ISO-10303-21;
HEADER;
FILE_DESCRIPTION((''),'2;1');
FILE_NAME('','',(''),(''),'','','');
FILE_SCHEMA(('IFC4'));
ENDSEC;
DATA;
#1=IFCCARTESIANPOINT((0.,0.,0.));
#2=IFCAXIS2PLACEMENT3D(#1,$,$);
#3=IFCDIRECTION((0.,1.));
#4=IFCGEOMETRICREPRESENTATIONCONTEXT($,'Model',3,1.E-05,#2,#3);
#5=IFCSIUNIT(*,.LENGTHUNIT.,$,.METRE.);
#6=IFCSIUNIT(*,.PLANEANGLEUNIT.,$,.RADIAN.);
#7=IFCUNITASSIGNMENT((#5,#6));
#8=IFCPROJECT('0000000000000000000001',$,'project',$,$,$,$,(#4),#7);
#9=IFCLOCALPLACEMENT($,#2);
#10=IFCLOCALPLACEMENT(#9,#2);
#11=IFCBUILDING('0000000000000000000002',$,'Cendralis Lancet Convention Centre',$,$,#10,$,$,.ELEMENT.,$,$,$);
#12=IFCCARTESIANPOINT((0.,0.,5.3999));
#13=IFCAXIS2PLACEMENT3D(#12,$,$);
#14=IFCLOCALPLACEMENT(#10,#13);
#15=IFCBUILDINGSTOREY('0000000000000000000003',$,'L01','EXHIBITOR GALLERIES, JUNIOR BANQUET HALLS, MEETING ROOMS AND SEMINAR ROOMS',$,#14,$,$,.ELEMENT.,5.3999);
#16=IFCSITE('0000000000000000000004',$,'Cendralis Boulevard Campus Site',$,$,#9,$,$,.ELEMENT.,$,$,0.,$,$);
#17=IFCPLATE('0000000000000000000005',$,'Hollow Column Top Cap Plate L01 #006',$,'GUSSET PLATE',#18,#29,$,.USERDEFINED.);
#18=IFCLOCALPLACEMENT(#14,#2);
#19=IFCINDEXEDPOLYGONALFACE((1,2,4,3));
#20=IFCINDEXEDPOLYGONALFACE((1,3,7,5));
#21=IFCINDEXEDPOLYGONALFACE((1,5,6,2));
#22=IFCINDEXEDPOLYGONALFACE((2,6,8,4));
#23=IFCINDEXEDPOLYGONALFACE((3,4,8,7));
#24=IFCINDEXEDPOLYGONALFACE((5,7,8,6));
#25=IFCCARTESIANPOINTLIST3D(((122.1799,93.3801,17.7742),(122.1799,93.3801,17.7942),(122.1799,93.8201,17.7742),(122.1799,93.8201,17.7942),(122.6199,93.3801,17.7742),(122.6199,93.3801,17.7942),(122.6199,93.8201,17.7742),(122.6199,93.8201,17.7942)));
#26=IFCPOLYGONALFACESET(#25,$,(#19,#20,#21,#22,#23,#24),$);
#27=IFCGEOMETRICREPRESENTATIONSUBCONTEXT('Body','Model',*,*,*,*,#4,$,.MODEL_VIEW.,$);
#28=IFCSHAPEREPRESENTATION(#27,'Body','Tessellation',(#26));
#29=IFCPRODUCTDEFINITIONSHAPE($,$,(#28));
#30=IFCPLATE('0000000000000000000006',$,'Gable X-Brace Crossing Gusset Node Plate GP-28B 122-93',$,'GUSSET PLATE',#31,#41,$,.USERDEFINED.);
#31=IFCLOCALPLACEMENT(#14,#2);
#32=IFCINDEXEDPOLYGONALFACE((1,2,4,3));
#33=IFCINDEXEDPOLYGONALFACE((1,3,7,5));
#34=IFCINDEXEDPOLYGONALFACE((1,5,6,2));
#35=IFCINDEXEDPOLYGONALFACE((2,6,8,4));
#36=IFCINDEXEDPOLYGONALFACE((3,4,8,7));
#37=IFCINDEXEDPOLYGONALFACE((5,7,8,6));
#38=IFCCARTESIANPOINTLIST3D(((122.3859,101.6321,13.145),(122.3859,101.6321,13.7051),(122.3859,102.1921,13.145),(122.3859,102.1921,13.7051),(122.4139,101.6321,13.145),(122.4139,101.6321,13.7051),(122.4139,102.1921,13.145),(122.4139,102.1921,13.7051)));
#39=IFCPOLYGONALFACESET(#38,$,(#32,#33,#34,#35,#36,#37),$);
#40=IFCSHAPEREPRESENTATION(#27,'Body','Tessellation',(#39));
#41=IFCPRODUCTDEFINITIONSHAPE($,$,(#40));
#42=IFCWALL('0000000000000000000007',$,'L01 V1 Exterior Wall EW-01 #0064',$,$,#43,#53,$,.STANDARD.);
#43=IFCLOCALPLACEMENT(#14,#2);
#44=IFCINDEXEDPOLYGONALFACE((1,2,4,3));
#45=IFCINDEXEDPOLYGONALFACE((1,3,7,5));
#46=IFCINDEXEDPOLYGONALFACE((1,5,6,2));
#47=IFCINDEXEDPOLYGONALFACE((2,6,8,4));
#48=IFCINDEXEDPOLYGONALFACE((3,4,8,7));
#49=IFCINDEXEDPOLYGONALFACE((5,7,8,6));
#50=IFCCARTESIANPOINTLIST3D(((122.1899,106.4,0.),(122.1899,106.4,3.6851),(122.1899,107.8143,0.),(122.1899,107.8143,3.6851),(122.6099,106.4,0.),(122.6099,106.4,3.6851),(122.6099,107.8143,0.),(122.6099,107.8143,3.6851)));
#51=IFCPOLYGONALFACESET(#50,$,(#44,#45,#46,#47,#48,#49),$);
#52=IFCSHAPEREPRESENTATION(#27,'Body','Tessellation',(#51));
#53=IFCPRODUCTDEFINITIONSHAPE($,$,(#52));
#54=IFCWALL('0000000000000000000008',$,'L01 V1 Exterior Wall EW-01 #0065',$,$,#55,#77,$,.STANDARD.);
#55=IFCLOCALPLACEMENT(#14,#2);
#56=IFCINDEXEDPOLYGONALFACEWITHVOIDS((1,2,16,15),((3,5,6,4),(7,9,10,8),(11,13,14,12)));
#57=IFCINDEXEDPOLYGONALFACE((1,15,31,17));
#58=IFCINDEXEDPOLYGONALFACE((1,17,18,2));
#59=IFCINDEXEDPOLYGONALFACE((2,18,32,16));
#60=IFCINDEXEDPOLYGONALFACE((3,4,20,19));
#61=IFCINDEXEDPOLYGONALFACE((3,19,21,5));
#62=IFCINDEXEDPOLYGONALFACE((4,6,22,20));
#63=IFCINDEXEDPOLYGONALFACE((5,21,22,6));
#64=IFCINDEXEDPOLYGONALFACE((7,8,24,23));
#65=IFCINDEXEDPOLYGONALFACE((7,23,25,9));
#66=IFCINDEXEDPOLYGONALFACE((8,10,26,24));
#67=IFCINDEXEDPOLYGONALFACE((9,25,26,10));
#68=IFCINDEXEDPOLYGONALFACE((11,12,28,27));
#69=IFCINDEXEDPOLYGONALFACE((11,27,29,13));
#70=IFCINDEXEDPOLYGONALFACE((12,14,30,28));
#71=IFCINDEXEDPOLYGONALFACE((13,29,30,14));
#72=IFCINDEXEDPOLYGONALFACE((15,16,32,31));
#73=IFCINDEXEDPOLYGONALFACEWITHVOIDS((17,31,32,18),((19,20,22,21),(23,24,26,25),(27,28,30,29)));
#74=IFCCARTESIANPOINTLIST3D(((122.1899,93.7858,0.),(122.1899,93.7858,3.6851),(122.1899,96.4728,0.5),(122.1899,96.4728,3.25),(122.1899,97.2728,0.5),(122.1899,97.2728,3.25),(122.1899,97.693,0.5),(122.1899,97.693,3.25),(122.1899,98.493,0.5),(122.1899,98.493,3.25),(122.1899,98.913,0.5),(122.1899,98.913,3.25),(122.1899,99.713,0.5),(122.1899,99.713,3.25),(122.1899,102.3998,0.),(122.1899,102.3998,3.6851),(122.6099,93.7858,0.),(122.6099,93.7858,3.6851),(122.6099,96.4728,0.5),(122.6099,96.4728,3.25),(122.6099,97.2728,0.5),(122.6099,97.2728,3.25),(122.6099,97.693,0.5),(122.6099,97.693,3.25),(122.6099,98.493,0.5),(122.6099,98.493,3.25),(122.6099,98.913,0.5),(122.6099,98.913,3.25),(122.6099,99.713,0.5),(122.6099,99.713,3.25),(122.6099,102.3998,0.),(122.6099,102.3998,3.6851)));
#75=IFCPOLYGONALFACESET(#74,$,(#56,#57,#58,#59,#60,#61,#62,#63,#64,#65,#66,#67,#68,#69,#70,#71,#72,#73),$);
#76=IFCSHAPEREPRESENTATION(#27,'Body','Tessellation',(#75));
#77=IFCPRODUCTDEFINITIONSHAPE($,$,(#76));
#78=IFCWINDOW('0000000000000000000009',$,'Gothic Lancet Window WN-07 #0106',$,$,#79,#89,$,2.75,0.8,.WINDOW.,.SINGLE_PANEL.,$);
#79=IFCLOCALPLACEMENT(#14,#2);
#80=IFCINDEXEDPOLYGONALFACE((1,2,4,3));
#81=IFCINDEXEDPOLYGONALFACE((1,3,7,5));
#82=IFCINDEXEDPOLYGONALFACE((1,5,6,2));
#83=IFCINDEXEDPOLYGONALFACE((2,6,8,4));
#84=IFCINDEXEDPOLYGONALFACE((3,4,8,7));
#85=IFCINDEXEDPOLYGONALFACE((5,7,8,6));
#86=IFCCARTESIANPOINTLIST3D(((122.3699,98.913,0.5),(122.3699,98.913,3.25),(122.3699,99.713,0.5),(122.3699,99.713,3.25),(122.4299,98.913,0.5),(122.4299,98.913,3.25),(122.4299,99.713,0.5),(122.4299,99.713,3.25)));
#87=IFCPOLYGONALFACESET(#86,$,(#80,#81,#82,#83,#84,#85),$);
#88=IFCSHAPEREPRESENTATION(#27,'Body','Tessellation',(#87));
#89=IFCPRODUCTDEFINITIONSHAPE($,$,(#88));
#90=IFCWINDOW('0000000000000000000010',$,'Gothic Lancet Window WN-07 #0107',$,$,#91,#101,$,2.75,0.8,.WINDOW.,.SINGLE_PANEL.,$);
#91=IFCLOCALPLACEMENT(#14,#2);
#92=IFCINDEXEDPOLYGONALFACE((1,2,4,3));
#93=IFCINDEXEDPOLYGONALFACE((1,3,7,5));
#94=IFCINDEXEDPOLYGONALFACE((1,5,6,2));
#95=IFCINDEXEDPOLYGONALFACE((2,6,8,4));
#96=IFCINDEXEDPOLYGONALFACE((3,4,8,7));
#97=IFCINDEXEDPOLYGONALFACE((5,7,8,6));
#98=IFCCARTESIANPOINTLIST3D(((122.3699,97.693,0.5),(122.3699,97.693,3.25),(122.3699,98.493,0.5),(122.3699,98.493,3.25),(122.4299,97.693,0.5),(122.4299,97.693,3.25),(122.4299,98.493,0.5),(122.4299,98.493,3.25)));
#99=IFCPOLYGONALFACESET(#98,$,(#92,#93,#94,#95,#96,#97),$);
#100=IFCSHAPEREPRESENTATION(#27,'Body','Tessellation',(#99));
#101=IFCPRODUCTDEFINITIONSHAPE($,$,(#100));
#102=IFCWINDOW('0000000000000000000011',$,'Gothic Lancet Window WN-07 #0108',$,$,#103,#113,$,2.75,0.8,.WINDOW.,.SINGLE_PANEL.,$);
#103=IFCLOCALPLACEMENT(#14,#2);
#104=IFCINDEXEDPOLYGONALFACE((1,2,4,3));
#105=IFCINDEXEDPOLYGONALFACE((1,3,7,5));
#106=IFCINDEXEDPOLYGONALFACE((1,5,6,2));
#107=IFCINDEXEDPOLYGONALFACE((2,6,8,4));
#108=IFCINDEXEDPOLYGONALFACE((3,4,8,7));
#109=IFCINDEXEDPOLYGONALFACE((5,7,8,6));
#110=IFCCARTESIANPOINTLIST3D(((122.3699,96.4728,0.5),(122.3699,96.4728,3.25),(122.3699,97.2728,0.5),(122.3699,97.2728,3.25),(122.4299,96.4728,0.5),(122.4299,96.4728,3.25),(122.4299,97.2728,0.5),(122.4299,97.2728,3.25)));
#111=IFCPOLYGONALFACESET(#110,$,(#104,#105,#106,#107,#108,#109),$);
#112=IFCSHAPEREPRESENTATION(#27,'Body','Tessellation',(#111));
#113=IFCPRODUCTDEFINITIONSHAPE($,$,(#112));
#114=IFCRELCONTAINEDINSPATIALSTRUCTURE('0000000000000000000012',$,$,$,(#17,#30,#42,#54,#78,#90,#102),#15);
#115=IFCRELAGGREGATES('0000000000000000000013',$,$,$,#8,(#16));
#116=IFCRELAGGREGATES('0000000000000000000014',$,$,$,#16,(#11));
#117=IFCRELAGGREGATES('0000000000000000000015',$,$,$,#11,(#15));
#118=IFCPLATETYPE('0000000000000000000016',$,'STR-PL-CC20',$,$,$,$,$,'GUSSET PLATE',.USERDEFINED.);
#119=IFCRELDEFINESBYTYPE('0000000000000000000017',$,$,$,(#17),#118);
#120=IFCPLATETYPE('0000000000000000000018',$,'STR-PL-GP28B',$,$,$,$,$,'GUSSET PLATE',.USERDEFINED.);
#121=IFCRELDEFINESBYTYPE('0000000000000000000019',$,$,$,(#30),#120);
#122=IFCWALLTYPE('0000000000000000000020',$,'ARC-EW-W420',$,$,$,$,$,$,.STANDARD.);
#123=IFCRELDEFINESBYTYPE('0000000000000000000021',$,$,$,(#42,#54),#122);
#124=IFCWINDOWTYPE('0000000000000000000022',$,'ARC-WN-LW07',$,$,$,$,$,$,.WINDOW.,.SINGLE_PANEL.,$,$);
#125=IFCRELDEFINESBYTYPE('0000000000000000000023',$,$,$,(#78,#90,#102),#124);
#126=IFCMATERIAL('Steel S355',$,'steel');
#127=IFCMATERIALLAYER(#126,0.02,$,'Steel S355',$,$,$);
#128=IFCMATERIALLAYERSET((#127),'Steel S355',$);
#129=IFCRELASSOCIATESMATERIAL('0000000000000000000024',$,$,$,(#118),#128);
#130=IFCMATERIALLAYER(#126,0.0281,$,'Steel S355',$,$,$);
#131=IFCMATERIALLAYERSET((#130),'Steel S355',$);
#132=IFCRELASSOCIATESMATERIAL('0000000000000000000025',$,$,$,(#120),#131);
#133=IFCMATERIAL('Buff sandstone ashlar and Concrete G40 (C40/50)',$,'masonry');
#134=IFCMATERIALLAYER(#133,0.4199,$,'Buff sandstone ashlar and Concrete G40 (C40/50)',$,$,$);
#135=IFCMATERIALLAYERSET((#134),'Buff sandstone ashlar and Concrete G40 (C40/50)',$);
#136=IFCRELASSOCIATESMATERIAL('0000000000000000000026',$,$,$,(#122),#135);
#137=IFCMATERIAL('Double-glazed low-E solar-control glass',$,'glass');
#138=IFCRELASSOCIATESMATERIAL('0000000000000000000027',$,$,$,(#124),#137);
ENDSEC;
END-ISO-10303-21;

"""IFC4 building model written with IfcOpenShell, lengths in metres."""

from ifc_helpers import new_model, si_unit, direction, frame, frame_2d, origin, origin_2d, place, context, subcontext, project, spatial, rectangle, extrude, material, layer, layer_set, type_object, element, fill, save


model = new_model("IFC4")

# Units and contexts
model_context = context("Model", 3, precision=1e-05, world=origin(), true_north=direction((0.0, 1.0)))
body_context = subcontext(model_context, "Body", "Model", "MODEL_VIEW")
ifc_project = project(units=[si_unit("LENGTHUNIT", "METRE"), si_unit("PLANEANGLEUNIT", "RADIAN")], contexts=[model_context])

# Site, building, storey
site_placement = place(None, origin())
site = spatial("IfcSite", under=ifc_project, at=site_placement, Name="Cendralis Boulevard Campus Site", CompositionType="ELEMENT", RefElevation=0.0)
building_placement = place(site_placement, origin())
building = spatial("IfcBuilding", under=site, at=building_placement, Name="Cendralis Lancet Convention Centre", CompositionType="ELEMENT")
storey_placement = place(building_placement, frame((0.0, 0.0, 5.3999)))
storey = spatial("IfcBuildingStorey", under=building, at=storey_placement, Name="L01", Description="EXHIBITOR GALLERIES, JUNIOR BANQUET HALLS, MEETING ROOMS AND SEMINAR ROOMS", CompositionType="ELEMENT", Elevation=5.3999)

# Shared definitions
ifc_material_1 = material(Name="Steel S355", Category="steel")

# Shared definitions
ifc_material_2 = material(Name="Double-glazed low-E solar-control glass", Category="glass")

# Plates
ifc_layer_1 = layer(ifc_material_1, 0.02, Name="Steel S355")
ifc_layer_set_1 = layer_set([ifc_layer_1], Name="Steel S355")
plate_type_1 = type_object("IfcPlateType", Name="STR-PL-CC20", ElementType="GUSSET PLATE", PredefinedType="USERDEFINED", material=ifc_layer_set_1)
plate_1_placement = place(storey_placement, frame((122.3999, 93.6001, 17.7742), z_axis=(0.0, 0.0, 1.0), x_axis=(1.0, 0.0, 0.0)))
element("IfcPlate", 1, at=plate_1_placement, inside=storey, type_object=plate_type_1, Name="Hollow Column Top Cap Plate L01 #006", ObjectType="GUSSET PLATE", PredefinedType="USERDEFINED", context=body_context, shape_type="SweptSolid", body=[
    extrude(rectangle(XDim=0.4399, YDim=0.4399, at=origin_2d()), origin(), (0.0, 0.0, 1.0), 0.02),
])
ifc_layer_2 = layer(ifc_material_1, 0.0281, Name="Steel S355")
ifc_layer_set_2 = layer_set([ifc_layer_2], Name="Steel S355")
plate_type_2 = type_object("IfcPlateType", Name="STR-PL-GP28B", ElementType="GUSSET PLATE", PredefinedType="USERDEFINED", material=ifc_layer_set_2)
plate_2_placement = place(storey_placement, frame((122.3999, 101.9121, 13.145), z_axis=(0.0, 0.0, 1.0), x_axis=(0.0, 1.0, 0.0)))
element("IfcPlate", 2, at=plate_2_placement, inside=storey, type_object=plate_type_2, Name="Gable X-Brace Crossing Gusset Node Plate GP-28B 122-93", ObjectType="GUSSET PLATE", PredefinedType="USERDEFINED", context=body_context, shape_type="SweptSolid", body=[
    extrude(rectangle(XDim=0.5601, YDim=0.0281, at=origin_2d()), origin(), (0.0, 0.0, 1.0), 0.5601),
])

# Wall
ifc_material_3 = material(Name="Buff sandstone ashlar and Concrete G40 (C40/50)", Category="masonry")
ifc_layer_3 = layer(ifc_material_3, 0.4199, Name="Buff sandstone ashlar and Concrete G40 (C40/50)")
ifc_layer_set_3 = layer_set([ifc_layer_3], Name="Buff sandstone ashlar and Concrete G40 (C40/50)")
wall_type = type_object("IfcWallType", Name="ARC-EW-W420", PredefinedType="STANDARD", material=ifc_layer_set_3)
wall_1_placement = place(storey_placement, frame((122.3999, 107.8142, 0.0), z_axis=(0.0, 0.0, 1.0), x_axis=(0.0, -1.0, 0.0)))
element("IfcWall", 3, at=wall_1_placement, inside=storey, type_object=wall_type, Name="L01 V1 Exterior Wall EW-01 #0064", PredefinedType="STANDARD", context=body_context, shape_type="SweptSolid", body=[
    extrude(rectangle(XDim=1.4143, YDim=0.4199, at=frame_2d((0.707, 0.0))), origin(), (0.0, 0.0, 1.0), 3.6851),
])

# Wall, openings, windows
wall_2_placement = place(storey_placement, frame((122.3999, 102.3999, 0.0), z_axis=(0.0, 0.0, 1.0), x_axis=(0.0, -1.0, 0.0)))
wall_2 = element("IfcWall", 4, at=wall_2_placement, inside=storey, type_object=wall_type, Name="L01 V1 Exterior Wall EW-01 #0065", PredefinedType="STANDARD", context=body_context, shape_type="SweptSolid", body=[
    extrude(rectangle(XDim=8.614, YDim=0.4199, at=frame_2d((4.3071, 0.0))), origin(), (0.0, 0.0, 1.0), 3.6851),
])
opening_1_placement = place(wall_2_placement, frame((2.687, 0.0, 0.5)))
opening_1 = element("IfcOpeningElement", 5, at=opening_1_placement, cuts=wall_2, PredefinedType="OPENING", context=body_context, shape_type="SweptSolid", body=[
    extrude(rectangle(XDim=0.8, YDim=2.75, at=frame_2d((0.3999, 1.375))), frame((0.0, 0.22, 0.0), z_axis=(0.0, -1.0, 0.0), x_axis=(1.0, 0.0, 0.0)), (0.0, 0.0, 1.0), 0.4399),
])
opening_2_placement = place(wall_2_placement, frame((3.907, 0.0, 0.5)))
opening_2 = element("IfcOpeningElement", 6, at=opening_2_placement, cuts=wall_2, PredefinedType="OPENING", context=body_context, shape_type="SweptSolid", body=[
    extrude(rectangle(XDim=0.8, YDim=2.75, at=frame_2d((0.3999, 1.375))), frame((0.0, 0.22, 0.0), z_axis=(0.0, -1.0, 0.0), x_axis=(1.0, 0.0, 0.0)), (0.0, 0.0, 1.0), 0.4399),
])
opening_3_placement = place(wall_2_placement, frame((5.1272, 0.0, 0.5)))
opening_3 = element("IfcOpeningElement", 7, at=opening_3_placement, cuts=wall_2, PredefinedType="OPENING", context=body_context, shape_type="SweptSolid", body=[
    extrude(rectangle(XDim=0.8, YDim=2.75, at=frame_2d((0.3999, 1.375))), frame((0.0, 0.22, 0.0), z_axis=(0.0, -1.0, 0.0), x_axis=(1.0, 0.0, 0.0)), (0.0, 0.0, 1.0), 0.4399),
])
window_type = type_object("IfcWindowType", Name="ARC-WN-LW07", PartitioningType="SINGLE_PANEL", PredefinedType="WINDOW", material=ifc_material_2)
window_1_placement = place(opening_1_placement, origin())
window_1 = element("IfcWindow", 8, at=window_1_placement, inside=storey, type_object=window_type, Name="Gothic Lancet Window WN-07 #0106", OverallHeight=2.75, OverallWidth=0.8, PartitioningType="SINGLE_PANEL", PredefinedType="WINDOW", context=body_context, shape_type="SweptSolid", body=[
    extrude(rectangle(XDim=0.8, YDim=2.75, at=frame_2d((0.3999, 1.375))), frame((0.0, 0.03, 0.0), z_axis=(0.0, -1.0, 0.0), x_axis=(1.0, 0.0, 0.0)), (0.0, 0.0, 1.0), 0.0601),
])
fill(opening_1, window_1)
window_2_placement = place(opening_2_placement, origin())
window_2 = element("IfcWindow", 9, at=window_2_placement, inside=storey, type_object=window_type, Name="Gothic Lancet Window WN-07 #0107", OverallHeight=2.75, OverallWidth=0.8, PartitioningType="SINGLE_PANEL", PredefinedType="WINDOW", context=body_context, shape_type="SweptSolid", body=[
    extrude(rectangle(XDim=0.8, YDim=2.75, at=frame_2d((0.3999, 1.375))), frame((0.0, 0.03, 0.0), z_axis=(0.0, -1.0, 0.0), x_axis=(1.0, 0.0, 0.0)), (0.0, 0.0, 1.0), 0.0601),
])
fill(opening_2, window_2)
window_3_placement = place(opening_3_placement, origin())
window_3 = element("IfcWindow", 10, at=window_3_placement, inside=storey, type_object=window_type, Name="Gothic Lancet Window WN-07 #0108", OverallHeight=2.75, OverallWidth=0.8, PartitioningType="SINGLE_PANEL", PredefinedType="WINDOW", context=body_context, shape_type="SweptSolid", body=[
    extrude(rectangle(XDim=0.8, YDim=2.75, at=frame_2d((0.3999, 1.375))), frame((0.0, 0.03, 0.0), z_axis=(0.0, -1.0, 0.0), x_axis=(1.0, 0.0, 0.0)), (0.0, 0.0, 1.0), 0.0601),
])
fill(opening_3, window_3)

save(model, "model.ifc")
